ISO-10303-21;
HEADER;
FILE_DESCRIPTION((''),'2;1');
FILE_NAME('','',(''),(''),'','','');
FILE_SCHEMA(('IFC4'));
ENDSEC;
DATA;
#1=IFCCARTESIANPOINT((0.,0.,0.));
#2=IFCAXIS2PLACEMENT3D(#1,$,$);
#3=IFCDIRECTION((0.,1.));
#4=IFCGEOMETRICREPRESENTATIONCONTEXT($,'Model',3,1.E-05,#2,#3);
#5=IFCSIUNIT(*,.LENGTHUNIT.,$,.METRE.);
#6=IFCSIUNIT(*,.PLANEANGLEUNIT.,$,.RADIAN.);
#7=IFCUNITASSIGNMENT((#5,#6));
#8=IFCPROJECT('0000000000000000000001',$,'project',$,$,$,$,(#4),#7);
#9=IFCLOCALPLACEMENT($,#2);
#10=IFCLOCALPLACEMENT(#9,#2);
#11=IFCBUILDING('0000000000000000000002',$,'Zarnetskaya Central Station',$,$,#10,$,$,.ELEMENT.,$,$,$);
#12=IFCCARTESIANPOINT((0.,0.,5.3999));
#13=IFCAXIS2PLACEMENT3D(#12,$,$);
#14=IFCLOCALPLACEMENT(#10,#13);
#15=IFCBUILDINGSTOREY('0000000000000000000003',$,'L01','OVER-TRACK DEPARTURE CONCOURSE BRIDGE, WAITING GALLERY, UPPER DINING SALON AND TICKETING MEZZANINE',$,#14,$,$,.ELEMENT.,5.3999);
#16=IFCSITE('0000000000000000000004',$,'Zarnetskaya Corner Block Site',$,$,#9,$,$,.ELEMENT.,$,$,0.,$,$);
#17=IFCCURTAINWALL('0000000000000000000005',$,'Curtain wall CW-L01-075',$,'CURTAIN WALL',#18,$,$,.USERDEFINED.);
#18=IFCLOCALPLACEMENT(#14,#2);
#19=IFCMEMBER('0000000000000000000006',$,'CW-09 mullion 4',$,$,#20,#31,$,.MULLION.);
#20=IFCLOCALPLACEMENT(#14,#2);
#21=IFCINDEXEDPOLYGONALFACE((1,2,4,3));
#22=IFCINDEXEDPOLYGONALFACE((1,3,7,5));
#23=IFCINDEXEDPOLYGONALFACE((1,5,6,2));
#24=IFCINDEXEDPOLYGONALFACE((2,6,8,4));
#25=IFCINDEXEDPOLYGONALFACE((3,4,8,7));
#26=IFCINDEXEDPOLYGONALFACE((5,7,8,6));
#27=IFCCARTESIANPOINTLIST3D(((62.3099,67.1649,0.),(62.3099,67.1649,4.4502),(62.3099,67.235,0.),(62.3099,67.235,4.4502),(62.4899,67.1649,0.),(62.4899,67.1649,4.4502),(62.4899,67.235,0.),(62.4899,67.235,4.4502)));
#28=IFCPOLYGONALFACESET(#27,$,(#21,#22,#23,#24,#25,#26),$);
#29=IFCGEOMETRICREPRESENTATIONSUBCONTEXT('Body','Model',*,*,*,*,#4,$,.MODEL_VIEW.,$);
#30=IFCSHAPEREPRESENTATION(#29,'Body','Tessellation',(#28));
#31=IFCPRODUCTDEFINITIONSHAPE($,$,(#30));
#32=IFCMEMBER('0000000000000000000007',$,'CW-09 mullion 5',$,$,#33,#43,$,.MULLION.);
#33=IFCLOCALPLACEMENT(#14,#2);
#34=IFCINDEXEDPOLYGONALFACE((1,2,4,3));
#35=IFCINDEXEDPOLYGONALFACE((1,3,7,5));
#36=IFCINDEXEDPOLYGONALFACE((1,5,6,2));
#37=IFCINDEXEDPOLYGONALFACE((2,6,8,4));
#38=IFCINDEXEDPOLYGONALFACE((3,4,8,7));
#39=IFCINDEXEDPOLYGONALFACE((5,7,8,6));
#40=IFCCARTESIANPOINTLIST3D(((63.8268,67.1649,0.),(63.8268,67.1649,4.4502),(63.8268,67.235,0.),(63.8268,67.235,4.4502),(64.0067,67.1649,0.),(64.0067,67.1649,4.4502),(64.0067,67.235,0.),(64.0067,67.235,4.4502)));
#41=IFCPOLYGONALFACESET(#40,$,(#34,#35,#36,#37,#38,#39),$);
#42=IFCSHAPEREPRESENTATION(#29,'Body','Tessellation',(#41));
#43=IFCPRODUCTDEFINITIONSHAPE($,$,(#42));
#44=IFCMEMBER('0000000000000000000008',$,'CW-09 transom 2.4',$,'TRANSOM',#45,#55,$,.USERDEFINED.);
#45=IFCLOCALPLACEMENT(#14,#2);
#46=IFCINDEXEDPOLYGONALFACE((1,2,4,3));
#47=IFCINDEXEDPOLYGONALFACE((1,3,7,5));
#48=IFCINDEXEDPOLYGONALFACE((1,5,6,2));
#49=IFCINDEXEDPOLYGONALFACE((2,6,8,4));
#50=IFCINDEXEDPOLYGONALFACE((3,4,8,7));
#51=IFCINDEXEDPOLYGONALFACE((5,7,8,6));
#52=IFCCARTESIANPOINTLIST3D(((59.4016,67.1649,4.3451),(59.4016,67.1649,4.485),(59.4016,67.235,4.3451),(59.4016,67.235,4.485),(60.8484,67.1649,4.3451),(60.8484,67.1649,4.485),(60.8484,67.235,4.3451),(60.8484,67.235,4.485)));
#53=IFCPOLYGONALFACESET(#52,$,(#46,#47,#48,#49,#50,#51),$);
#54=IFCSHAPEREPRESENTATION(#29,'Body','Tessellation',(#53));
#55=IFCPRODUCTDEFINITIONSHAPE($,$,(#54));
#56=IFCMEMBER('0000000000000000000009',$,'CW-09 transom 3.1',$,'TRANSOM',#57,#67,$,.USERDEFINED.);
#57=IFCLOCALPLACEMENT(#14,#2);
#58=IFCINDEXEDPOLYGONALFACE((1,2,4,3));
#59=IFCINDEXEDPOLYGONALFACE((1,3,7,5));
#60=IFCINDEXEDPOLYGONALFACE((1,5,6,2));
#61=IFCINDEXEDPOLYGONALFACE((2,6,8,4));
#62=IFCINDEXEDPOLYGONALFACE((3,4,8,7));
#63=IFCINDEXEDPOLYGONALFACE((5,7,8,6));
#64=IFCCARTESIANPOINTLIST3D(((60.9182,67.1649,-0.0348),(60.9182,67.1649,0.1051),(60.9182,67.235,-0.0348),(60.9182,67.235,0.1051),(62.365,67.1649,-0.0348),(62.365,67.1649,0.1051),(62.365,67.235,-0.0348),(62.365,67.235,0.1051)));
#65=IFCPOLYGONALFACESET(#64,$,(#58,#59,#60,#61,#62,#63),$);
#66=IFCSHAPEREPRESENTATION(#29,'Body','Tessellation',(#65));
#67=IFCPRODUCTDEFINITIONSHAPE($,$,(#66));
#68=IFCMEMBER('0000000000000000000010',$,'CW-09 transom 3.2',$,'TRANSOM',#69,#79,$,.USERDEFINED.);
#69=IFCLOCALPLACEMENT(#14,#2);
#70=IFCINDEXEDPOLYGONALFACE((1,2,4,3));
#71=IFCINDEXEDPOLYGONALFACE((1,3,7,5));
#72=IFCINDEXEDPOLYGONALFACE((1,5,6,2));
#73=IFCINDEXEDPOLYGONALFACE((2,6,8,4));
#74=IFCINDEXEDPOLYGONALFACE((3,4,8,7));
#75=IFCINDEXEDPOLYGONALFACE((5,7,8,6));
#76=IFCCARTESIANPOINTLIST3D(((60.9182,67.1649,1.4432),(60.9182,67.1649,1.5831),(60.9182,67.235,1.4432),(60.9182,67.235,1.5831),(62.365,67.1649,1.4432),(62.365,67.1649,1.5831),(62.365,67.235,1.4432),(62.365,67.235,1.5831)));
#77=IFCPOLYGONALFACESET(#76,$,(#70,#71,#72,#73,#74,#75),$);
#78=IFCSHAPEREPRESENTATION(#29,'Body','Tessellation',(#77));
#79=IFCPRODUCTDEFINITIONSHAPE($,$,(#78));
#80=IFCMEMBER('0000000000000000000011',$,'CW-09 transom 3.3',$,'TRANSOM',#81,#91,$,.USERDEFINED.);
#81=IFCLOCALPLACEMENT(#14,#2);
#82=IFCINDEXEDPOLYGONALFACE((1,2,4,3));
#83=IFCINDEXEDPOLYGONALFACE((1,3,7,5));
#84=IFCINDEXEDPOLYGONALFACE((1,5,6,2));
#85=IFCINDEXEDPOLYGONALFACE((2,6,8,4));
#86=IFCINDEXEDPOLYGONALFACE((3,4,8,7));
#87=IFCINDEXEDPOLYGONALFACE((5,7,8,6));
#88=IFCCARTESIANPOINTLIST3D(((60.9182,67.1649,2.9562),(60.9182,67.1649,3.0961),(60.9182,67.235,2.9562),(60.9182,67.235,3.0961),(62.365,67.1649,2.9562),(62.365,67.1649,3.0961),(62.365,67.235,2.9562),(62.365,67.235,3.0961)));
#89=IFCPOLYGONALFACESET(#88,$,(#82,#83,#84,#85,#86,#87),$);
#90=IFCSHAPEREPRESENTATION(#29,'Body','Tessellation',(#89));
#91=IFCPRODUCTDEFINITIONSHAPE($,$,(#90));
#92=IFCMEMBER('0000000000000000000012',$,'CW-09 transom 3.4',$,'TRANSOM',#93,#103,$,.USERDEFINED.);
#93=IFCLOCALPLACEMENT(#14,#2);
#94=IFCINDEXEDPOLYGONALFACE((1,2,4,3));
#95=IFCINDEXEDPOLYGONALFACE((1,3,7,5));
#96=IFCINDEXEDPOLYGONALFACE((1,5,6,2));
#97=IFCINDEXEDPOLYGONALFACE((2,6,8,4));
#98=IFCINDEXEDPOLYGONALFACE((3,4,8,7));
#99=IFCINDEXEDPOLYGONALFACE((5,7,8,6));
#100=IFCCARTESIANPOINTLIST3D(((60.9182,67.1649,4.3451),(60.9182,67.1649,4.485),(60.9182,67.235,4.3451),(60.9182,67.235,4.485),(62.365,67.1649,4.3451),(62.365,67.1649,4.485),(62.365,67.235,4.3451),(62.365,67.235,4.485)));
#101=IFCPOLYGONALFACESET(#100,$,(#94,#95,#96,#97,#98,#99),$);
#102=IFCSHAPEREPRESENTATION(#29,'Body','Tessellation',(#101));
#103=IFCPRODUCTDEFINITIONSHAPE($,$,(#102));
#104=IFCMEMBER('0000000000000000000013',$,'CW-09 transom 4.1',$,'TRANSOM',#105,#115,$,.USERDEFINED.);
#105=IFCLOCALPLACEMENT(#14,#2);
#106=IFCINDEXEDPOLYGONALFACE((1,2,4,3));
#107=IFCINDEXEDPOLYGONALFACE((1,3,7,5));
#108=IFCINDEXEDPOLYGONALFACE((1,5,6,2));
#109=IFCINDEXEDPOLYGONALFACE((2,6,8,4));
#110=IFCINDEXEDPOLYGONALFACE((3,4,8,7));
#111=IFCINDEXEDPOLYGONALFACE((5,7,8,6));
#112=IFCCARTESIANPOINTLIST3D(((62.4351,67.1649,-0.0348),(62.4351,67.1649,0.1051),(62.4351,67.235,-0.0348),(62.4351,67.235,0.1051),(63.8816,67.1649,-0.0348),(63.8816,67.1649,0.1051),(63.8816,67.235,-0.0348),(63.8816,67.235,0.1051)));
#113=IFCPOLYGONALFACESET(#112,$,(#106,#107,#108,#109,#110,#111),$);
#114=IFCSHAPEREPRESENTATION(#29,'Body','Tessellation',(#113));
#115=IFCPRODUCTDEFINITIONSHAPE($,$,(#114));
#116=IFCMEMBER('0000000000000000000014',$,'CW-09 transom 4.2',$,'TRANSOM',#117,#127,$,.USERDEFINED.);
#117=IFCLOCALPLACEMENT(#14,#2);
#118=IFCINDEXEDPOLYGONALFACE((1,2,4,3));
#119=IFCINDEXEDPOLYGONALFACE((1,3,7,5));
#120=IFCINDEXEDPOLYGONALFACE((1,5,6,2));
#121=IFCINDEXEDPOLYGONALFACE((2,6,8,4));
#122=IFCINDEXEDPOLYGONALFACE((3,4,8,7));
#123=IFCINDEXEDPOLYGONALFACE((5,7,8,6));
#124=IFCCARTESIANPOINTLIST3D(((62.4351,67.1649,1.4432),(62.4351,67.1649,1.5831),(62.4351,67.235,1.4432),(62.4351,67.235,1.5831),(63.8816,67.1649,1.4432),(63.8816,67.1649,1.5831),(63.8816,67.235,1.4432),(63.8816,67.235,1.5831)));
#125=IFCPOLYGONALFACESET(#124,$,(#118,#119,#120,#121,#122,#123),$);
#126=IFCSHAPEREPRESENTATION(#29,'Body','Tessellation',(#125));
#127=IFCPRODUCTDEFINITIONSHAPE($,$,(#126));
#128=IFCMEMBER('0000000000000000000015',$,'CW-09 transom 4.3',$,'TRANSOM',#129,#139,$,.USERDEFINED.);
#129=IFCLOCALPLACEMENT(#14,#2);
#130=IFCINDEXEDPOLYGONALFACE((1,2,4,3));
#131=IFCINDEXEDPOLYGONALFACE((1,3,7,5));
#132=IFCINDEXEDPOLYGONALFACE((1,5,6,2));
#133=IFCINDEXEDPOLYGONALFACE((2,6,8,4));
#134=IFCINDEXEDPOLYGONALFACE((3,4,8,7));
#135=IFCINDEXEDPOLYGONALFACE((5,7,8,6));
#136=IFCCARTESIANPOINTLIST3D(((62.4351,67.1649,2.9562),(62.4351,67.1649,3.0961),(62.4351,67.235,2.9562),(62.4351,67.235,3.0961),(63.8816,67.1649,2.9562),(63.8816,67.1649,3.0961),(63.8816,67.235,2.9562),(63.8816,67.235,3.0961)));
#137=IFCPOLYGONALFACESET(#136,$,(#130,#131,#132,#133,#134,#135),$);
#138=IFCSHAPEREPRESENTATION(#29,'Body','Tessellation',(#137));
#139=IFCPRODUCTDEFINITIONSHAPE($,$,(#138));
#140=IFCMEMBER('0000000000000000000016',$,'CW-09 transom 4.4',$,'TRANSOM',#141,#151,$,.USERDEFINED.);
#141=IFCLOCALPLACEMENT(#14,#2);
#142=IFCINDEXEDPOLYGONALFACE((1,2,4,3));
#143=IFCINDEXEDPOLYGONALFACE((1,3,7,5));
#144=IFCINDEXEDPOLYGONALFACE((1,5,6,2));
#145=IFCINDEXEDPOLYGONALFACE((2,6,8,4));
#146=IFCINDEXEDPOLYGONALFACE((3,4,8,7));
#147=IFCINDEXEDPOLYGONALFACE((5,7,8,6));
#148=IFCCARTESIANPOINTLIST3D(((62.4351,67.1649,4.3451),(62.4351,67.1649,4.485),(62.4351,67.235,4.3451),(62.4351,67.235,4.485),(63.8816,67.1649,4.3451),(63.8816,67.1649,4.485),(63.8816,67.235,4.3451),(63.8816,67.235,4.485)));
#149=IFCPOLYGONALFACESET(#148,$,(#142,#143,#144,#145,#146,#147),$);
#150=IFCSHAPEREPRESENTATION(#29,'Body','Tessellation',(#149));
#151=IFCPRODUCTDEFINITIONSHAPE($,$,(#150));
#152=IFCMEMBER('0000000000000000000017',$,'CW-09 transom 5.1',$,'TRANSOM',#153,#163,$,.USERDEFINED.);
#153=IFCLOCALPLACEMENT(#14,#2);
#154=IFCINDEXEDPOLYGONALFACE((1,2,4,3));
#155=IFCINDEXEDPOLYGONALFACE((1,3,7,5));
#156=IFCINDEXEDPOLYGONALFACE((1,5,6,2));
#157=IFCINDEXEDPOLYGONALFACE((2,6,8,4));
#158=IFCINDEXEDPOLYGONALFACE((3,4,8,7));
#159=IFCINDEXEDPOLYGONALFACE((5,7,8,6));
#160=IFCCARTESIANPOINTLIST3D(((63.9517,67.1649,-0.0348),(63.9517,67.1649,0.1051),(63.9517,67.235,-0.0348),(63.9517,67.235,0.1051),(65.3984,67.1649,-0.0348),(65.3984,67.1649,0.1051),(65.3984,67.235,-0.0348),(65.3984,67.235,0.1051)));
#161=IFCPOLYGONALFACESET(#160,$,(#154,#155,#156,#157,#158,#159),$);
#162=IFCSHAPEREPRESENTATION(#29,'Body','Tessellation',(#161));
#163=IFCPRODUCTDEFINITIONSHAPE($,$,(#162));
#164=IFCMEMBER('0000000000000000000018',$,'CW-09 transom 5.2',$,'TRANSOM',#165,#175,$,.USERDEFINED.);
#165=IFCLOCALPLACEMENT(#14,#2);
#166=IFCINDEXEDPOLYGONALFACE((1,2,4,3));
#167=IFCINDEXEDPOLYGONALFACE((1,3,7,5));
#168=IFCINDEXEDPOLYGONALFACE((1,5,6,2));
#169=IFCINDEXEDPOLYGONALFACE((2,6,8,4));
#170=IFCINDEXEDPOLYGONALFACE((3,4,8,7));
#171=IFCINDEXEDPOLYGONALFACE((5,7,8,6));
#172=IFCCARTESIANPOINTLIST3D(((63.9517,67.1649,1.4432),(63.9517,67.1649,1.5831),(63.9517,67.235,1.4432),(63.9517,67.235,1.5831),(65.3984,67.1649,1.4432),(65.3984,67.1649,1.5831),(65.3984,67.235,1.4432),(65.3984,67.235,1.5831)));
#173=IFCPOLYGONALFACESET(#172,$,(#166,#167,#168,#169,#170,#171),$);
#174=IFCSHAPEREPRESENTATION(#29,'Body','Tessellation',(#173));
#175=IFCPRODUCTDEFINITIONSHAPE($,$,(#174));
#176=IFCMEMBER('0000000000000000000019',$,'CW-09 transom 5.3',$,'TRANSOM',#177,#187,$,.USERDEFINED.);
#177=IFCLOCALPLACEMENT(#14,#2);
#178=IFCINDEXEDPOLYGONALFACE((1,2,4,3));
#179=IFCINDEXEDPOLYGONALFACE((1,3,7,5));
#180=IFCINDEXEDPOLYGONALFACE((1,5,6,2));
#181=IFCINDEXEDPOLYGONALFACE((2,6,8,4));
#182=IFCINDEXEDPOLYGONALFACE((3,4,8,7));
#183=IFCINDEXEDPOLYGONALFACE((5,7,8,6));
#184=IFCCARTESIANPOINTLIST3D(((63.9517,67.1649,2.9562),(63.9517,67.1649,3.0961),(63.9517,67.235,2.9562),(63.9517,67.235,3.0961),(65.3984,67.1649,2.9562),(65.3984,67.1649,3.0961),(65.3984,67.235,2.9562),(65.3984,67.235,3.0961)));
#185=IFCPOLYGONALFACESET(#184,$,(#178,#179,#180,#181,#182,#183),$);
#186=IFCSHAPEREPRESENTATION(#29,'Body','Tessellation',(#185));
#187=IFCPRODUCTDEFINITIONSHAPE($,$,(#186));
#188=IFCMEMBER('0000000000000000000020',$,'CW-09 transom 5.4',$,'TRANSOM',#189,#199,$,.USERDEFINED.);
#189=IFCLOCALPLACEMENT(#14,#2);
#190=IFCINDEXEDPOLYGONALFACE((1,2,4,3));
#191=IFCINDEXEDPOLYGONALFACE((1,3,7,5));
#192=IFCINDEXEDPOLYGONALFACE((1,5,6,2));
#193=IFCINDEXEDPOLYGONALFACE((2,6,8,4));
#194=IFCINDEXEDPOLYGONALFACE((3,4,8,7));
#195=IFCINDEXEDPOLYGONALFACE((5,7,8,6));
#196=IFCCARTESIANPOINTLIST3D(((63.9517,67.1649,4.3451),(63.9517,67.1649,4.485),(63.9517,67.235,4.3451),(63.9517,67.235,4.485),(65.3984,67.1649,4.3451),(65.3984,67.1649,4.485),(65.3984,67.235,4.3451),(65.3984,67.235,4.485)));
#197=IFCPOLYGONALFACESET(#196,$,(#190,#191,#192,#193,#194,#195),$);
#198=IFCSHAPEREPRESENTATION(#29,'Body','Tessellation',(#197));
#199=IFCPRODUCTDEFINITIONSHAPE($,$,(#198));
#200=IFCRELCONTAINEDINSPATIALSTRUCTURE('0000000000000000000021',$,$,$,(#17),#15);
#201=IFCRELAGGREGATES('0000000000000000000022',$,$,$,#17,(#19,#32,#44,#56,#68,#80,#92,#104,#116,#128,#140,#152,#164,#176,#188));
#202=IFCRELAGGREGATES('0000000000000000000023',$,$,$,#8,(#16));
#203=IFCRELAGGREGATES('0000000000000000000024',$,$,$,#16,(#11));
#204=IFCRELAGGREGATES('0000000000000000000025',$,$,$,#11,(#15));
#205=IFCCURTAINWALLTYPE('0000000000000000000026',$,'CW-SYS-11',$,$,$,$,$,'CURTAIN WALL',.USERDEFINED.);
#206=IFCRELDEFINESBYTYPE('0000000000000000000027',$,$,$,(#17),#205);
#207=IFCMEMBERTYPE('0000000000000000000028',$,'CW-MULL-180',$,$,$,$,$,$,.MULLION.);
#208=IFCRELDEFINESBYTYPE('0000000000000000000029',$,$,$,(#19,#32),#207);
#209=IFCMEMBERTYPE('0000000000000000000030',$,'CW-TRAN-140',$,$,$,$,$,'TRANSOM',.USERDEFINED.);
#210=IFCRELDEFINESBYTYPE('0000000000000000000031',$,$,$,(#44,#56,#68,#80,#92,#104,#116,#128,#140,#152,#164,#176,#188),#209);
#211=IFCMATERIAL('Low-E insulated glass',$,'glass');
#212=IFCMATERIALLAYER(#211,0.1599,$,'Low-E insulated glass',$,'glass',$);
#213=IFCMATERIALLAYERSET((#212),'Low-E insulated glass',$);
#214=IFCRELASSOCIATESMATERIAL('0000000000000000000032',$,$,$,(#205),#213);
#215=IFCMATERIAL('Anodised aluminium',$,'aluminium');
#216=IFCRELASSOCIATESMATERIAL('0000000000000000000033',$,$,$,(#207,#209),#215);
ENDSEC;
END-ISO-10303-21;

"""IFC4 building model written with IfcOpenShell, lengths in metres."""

from ifc_helpers import new_model, si_unit, direction, frame, origin, origin_2d, place, context, subcontext, project, spatial, rectangle, extrude, material, layer, layer_set, material_profile, profile_set, type_object, element, aggregate, save


model = new_model("IFC4")

# Units and contexts
model_context = context("Model", 3, precision=1e-05, world=origin(), true_north=direction((0.0, 1.0)))
body_context = subcontext(model_context, "Body", "Model", "MODEL_VIEW")
ifc_project = project(units=[si_unit("LENGTHUNIT", "METRE"), si_unit("PLANEANGLEUNIT", "RADIAN")], contexts=[model_context])

# Site, building, storey
site_placement = place(None, origin())
site = spatial("IfcSite", under=ifc_project, at=site_placement, Name="Zarnetskaya Corner Block Site", CompositionType="ELEMENT", RefElevation=0.0)
building_placement = place(site_placement, origin())
building = spatial("IfcBuilding", under=site, at=building_placement, Name="Zarnetskaya Central Station", CompositionType="ELEMENT")
storey_placement = place(building_placement, frame((0.0, 0.0, 5.3999)))
storey = spatial("IfcBuildingStorey", under=building, at=storey_placement, Name="L01", Description="OVER-TRACK DEPARTURE CONCOURSE BRIDGE, WAITING GALLERY, UPPER DINING SALON AND TICKETING MEZZANINE", CompositionType="ELEMENT", Elevation=5.3999)

# Curtain wall, members
ifc_material_1 = material(Name="Low-E insulated glass", Category="glass")
ifc_layer_1 = layer(ifc_material_1, 0.1599, Name="Low-E insulated glass", Category="glass")
ifc_layer_set_1 = layer_set([ifc_layer_1], Name="Low-E insulated glass")
curtain_wall_type = type_object("IfcCurtainWallType", Name="CW-SYS-11", ElementType="CURTAIN WALL", PredefinedType="USERDEFINED", material=ifc_layer_set_1)
curtain_wall_placement = place(storey_placement, origin())
curtain_wall = element("IfcCurtainWall", 1, at=curtain_wall_placement, inside=storey, type_object=curtain_wall_type, Name="Curtain wall CW-L01-075", ObjectType="CURTAIN WALL", PredefinedType="USERDEFINED")
ifc_material_2 = material(Name="Anodised aluminium", Category="aluminium")
ifc_material_profile_1 = material_profile(ifc_material_2, rectangle(XDim=0.0701, YDim=0.1799, at=origin_2d()), Name="ALU MULL 70x180")
ifc_profile_set_1 = profile_set([ifc_material_profile_1], Name="Anodised aluminium")
member_type_1 = type_object("IfcMemberType", Name="CW-MULL-180", PredefinedType="MULLION", material=ifc_profile_set_1)
member_1_placement = place(storey_placement, frame((62.3999, 67.2, 0.0), z_axis=(0.0, 0.0, 1.0), x_axis=(0.0, 1.0, 0.0)))
member_1 = element("IfcMember", 2, at=member_1_placement, type_object=member_type_1, Name="CW-09 mullion 4", PredefinedType="MULLION", context=body_context, shape_type="SweptSolid", body=[
    extrude(rectangle(XDim=0.0701, YDim=0.1799, at=origin_2d()), origin(), (0.0, 0.0, 1.0), 4.4502),
])
member_2_placement = place(storey_placement, frame((63.9167, 67.2, 0.0), z_axis=(0.0, 0.0, 1.0), x_axis=(0.0, 1.0, 0.0)))
member_2 = element("IfcMember", 3, at=member_2_placement, type_object=member_type_1, Name="CW-09 mullion 5", PredefinedType="MULLION", context=body_context, shape_type="SweptSolid", body=[
    extrude(rectangle(XDim=0.0701, YDim=0.1799, at=origin_2d()), origin(), (0.0, 0.0, 1.0), 4.4502),
])
ifc_material_profile_2 = material_profile(ifc_material_2, rectangle(XDim=0.0701, YDim=0.1399, at=origin_2d()), Name="ALU TRAN 70x140")
ifc_profile_set_2 = profile_set([ifc_material_profile_2], Name="Anodised aluminium")
member_type_2 = type_object("IfcMemberType", Name="CW-TRAN-140", ElementType="TRANSOM", PredefinedType="USERDEFINED", material=ifc_profile_set_2)
member_3_placement = place(storey_placement, frame((59.4016, 67.2, 4.415), z_axis=(1.0, 0.0, 0.0), x_axis=(0.0, 1.0, 0.0)))
member_3 = element("IfcMember", 4, at=member_3_placement, type_object=member_type_2, Name="CW-09 transom 2.4", ObjectType="TRANSOM", PredefinedType="USERDEFINED", context=body_context, shape_type="SweptSolid", body=[
    extrude(rectangle(XDim=0.0701, YDim=0.1399, at=origin_2d()), origin(), (0.0, 0.0, 1.0), 1.4468),
])
member_4_placement = place(storey_placement, frame((60.9182, 67.2, 0.0352), z_axis=(1.0, 0.0, 0.0), x_axis=(0.0, 1.0, 0.0)))
member_4 = element("IfcMember", 5, at=member_4_placement, type_object=member_type_2, Name="CW-09 transom 3.1", ObjectType="TRANSOM", PredefinedType="USERDEFINED", context=body_context, shape_type="SweptSolid", body=[
    extrude(rectangle(XDim=0.0701, YDim=0.1399, at=origin_2d()), origin(), (0.0, 0.0, 1.0), 1.4468),
])
member_5_placement = place(storey_placement, frame((60.9182, 67.2, 1.5132), z_axis=(1.0, 0.0, 0.0), x_axis=(0.0, 1.0, 0.0)))
member_5 = element("IfcMember", 6, at=member_5_placement, type_object=member_type_2, Name="CW-09 transom 3.2", ObjectType="TRANSOM", PredefinedType="USERDEFINED", context=body_context, shape_type="SweptSolid", body=[
    extrude(rectangle(XDim=0.0701, YDim=0.1399, at=origin_2d()), origin(), (0.0, 0.0, 1.0), 1.4468),
])
member_6_placement = place(storey_placement, frame((60.9182, 67.2, 3.0261), z_axis=(1.0, 0.0, 0.0), x_axis=(0.0, 1.0, 0.0)))
member_6 = element("IfcMember", 7, at=member_6_placement, type_object=member_type_2, Name="CW-09 transom 3.3", ObjectType="TRANSOM", PredefinedType="USERDEFINED", context=body_context, shape_type="SweptSolid", body=[
    extrude(rectangle(XDim=0.0701, YDim=0.1399, at=origin_2d()), origin(), (0.0, 0.0, 1.0), 1.4468),
])
member_7_placement = place(storey_placement, frame((60.9182, 67.2, 4.415), z_axis=(1.0, 0.0, 0.0), x_axis=(0.0, 1.0, 0.0)))
member_7 = element("IfcMember", 8, at=member_7_placement, type_object=member_type_2, Name="CW-09 transom 3.4", ObjectType="TRANSOM", PredefinedType="USERDEFINED", context=body_context, shape_type="SweptSolid", body=[
    extrude(rectangle(XDim=0.0701, YDim=0.1399, at=origin_2d()), origin(), (0.0, 0.0, 1.0), 1.4468),
])
member_8_placement = place(storey_placement, frame((62.4351, 67.2, 0.0352), z_axis=(1.0, 0.0, 0.0), x_axis=(0.0, 1.0, 0.0)))
member_8 = element("IfcMember", 9, at=member_8_placement, type_object=member_type_2, Name="CW-09 transom 4.1", ObjectType="TRANSOM", PredefinedType="USERDEFINED", context=body_context, shape_type="SweptSolid", body=[
    extrude(rectangle(XDim=0.0701, YDim=0.1399, at=origin_2d()), origin(), (0.0, 0.0, 1.0), 1.4465),
])
member_9_placement = place(storey_placement, frame((62.4351, 67.2, 1.5132), z_axis=(1.0, 0.0, 0.0), x_axis=(0.0, 1.0, 0.0)))
member_9 = element("IfcMember", 10, at=member_9_placement, type_object=member_type_2, Name="CW-09 transom 4.2", ObjectType="TRANSOM", PredefinedType="USERDEFINED", context=body_context, shape_type="SweptSolid", body=[
    extrude(rectangle(XDim=0.0701, YDim=0.1399, at=origin_2d()), origin(), (0.0, 0.0, 1.0), 1.4465),
])
member_10_placement = place(storey_placement, frame((62.4351, 67.2, 3.0261), z_axis=(1.0, 0.0, 0.0), x_axis=(0.0, 1.0, 0.0)))
member_10 = element("IfcMember", 11, at=member_10_placement, type_object=member_type_2, Name="CW-09 transom 4.3", ObjectType="TRANSOM", PredefinedType="USERDEFINED", context=body_context, shape_type="SweptSolid", body=[
    extrude(rectangle(XDim=0.0701, YDim=0.1399, at=origin_2d()), origin(), (0.0, 0.0, 1.0), 1.4465),
])
member_11_placement = place(storey_placement, frame((62.4351, 67.2, 4.415), z_axis=(1.0, 0.0, 0.0), x_axis=(0.0, 1.0, 0.0)))
member_11 = element("IfcMember", 12, at=member_11_placement, type_object=member_type_2, Name="CW-09 transom 4.4", ObjectType="TRANSOM", PredefinedType="USERDEFINED", context=body_context, shape_type="SweptSolid", body=[
    extrude(rectangle(XDim=0.0701, YDim=0.1399, at=origin_2d()), origin(), (0.0, 0.0, 1.0), 1.4465),
])
member_12_placement = place(storey_placement, frame((63.9517, 67.2, 0.0352), z_axis=(1.0, 0.0, 0.0), x_axis=(0.0, 1.0, 0.0)))
member_12 = element("IfcMember", 13, at=member_12_placement, type_object=member_type_2, Name="CW-09 transom 5.1", ObjectType="TRANSOM", PredefinedType="USERDEFINED", context=body_context, shape_type="SweptSolid", body=[
    extrude(rectangle(XDim=0.0701, YDim=0.1399, at=origin_2d()), origin(), (0.0, 0.0, 1.0), 1.4468),
])
member_13_placement = place(storey_placement, frame((63.9517, 67.2, 1.5132), z_axis=(1.0, 0.0, 0.0), x_axis=(0.0, 1.0, 0.0)))
member_13 = element("IfcMember", 14, at=member_13_placement, type_object=member_type_2, Name="CW-09 transom 5.2", ObjectType="TRANSOM", PredefinedType="USERDEFINED", context=body_context, shape_type="SweptSolid", body=[
    extrude(rectangle(XDim=0.0701, YDim=0.1399, at=origin_2d()), origin(), (0.0, 0.0, 1.0), 1.4468),
])
member_14_placement = place(storey_placement, frame((63.9517, 67.2, 3.0261), z_axis=(1.0, 0.0, 0.0), x_axis=(0.0, 1.0, 0.0)))
member_14 = element("IfcMember", 15, at=member_14_placement, type_object=member_type_2, Name="CW-09 transom 5.3", ObjectType="TRANSOM", PredefinedType="USERDEFINED", context=body_context, shape_type="SweptSolid", body=[
    extrude(rectangle(XDim=0.0701, YDim=0.1399, at=origin_2d()), origin(), (0.0, 0.0, 1.0), 1.4468),
])
member_15_placement = place(storey_placement, frame((63.9517, 67.2, 4.415), z_axis=(1.0, 0.0, 0.0), x_axis=(0.0, 1.0, 0.0)))
member_15 = element("IfcMember", 16, at=member_15_placement, type_object=member_type_2, Name="CW-09 transom 5.4", ObjectType="TRANSOM", PredefinedType="USERDEFINED", context=body_context, shape_type="SweptSolid", body=[
    extrude(rectangle(XDim=0.0701, YDim=0.1399, at=origin_2d()), origin(), (0.0, 0.0, 1.0), 1.4468),
])

aggregate(curtain_wall, [member_1, member_2, member_3, member_4, member_5, member_6, member_7, member_8, member_9, member_10, member_11, member_12, member_13, member_14, member_15])

save(model, "model.ifc")
